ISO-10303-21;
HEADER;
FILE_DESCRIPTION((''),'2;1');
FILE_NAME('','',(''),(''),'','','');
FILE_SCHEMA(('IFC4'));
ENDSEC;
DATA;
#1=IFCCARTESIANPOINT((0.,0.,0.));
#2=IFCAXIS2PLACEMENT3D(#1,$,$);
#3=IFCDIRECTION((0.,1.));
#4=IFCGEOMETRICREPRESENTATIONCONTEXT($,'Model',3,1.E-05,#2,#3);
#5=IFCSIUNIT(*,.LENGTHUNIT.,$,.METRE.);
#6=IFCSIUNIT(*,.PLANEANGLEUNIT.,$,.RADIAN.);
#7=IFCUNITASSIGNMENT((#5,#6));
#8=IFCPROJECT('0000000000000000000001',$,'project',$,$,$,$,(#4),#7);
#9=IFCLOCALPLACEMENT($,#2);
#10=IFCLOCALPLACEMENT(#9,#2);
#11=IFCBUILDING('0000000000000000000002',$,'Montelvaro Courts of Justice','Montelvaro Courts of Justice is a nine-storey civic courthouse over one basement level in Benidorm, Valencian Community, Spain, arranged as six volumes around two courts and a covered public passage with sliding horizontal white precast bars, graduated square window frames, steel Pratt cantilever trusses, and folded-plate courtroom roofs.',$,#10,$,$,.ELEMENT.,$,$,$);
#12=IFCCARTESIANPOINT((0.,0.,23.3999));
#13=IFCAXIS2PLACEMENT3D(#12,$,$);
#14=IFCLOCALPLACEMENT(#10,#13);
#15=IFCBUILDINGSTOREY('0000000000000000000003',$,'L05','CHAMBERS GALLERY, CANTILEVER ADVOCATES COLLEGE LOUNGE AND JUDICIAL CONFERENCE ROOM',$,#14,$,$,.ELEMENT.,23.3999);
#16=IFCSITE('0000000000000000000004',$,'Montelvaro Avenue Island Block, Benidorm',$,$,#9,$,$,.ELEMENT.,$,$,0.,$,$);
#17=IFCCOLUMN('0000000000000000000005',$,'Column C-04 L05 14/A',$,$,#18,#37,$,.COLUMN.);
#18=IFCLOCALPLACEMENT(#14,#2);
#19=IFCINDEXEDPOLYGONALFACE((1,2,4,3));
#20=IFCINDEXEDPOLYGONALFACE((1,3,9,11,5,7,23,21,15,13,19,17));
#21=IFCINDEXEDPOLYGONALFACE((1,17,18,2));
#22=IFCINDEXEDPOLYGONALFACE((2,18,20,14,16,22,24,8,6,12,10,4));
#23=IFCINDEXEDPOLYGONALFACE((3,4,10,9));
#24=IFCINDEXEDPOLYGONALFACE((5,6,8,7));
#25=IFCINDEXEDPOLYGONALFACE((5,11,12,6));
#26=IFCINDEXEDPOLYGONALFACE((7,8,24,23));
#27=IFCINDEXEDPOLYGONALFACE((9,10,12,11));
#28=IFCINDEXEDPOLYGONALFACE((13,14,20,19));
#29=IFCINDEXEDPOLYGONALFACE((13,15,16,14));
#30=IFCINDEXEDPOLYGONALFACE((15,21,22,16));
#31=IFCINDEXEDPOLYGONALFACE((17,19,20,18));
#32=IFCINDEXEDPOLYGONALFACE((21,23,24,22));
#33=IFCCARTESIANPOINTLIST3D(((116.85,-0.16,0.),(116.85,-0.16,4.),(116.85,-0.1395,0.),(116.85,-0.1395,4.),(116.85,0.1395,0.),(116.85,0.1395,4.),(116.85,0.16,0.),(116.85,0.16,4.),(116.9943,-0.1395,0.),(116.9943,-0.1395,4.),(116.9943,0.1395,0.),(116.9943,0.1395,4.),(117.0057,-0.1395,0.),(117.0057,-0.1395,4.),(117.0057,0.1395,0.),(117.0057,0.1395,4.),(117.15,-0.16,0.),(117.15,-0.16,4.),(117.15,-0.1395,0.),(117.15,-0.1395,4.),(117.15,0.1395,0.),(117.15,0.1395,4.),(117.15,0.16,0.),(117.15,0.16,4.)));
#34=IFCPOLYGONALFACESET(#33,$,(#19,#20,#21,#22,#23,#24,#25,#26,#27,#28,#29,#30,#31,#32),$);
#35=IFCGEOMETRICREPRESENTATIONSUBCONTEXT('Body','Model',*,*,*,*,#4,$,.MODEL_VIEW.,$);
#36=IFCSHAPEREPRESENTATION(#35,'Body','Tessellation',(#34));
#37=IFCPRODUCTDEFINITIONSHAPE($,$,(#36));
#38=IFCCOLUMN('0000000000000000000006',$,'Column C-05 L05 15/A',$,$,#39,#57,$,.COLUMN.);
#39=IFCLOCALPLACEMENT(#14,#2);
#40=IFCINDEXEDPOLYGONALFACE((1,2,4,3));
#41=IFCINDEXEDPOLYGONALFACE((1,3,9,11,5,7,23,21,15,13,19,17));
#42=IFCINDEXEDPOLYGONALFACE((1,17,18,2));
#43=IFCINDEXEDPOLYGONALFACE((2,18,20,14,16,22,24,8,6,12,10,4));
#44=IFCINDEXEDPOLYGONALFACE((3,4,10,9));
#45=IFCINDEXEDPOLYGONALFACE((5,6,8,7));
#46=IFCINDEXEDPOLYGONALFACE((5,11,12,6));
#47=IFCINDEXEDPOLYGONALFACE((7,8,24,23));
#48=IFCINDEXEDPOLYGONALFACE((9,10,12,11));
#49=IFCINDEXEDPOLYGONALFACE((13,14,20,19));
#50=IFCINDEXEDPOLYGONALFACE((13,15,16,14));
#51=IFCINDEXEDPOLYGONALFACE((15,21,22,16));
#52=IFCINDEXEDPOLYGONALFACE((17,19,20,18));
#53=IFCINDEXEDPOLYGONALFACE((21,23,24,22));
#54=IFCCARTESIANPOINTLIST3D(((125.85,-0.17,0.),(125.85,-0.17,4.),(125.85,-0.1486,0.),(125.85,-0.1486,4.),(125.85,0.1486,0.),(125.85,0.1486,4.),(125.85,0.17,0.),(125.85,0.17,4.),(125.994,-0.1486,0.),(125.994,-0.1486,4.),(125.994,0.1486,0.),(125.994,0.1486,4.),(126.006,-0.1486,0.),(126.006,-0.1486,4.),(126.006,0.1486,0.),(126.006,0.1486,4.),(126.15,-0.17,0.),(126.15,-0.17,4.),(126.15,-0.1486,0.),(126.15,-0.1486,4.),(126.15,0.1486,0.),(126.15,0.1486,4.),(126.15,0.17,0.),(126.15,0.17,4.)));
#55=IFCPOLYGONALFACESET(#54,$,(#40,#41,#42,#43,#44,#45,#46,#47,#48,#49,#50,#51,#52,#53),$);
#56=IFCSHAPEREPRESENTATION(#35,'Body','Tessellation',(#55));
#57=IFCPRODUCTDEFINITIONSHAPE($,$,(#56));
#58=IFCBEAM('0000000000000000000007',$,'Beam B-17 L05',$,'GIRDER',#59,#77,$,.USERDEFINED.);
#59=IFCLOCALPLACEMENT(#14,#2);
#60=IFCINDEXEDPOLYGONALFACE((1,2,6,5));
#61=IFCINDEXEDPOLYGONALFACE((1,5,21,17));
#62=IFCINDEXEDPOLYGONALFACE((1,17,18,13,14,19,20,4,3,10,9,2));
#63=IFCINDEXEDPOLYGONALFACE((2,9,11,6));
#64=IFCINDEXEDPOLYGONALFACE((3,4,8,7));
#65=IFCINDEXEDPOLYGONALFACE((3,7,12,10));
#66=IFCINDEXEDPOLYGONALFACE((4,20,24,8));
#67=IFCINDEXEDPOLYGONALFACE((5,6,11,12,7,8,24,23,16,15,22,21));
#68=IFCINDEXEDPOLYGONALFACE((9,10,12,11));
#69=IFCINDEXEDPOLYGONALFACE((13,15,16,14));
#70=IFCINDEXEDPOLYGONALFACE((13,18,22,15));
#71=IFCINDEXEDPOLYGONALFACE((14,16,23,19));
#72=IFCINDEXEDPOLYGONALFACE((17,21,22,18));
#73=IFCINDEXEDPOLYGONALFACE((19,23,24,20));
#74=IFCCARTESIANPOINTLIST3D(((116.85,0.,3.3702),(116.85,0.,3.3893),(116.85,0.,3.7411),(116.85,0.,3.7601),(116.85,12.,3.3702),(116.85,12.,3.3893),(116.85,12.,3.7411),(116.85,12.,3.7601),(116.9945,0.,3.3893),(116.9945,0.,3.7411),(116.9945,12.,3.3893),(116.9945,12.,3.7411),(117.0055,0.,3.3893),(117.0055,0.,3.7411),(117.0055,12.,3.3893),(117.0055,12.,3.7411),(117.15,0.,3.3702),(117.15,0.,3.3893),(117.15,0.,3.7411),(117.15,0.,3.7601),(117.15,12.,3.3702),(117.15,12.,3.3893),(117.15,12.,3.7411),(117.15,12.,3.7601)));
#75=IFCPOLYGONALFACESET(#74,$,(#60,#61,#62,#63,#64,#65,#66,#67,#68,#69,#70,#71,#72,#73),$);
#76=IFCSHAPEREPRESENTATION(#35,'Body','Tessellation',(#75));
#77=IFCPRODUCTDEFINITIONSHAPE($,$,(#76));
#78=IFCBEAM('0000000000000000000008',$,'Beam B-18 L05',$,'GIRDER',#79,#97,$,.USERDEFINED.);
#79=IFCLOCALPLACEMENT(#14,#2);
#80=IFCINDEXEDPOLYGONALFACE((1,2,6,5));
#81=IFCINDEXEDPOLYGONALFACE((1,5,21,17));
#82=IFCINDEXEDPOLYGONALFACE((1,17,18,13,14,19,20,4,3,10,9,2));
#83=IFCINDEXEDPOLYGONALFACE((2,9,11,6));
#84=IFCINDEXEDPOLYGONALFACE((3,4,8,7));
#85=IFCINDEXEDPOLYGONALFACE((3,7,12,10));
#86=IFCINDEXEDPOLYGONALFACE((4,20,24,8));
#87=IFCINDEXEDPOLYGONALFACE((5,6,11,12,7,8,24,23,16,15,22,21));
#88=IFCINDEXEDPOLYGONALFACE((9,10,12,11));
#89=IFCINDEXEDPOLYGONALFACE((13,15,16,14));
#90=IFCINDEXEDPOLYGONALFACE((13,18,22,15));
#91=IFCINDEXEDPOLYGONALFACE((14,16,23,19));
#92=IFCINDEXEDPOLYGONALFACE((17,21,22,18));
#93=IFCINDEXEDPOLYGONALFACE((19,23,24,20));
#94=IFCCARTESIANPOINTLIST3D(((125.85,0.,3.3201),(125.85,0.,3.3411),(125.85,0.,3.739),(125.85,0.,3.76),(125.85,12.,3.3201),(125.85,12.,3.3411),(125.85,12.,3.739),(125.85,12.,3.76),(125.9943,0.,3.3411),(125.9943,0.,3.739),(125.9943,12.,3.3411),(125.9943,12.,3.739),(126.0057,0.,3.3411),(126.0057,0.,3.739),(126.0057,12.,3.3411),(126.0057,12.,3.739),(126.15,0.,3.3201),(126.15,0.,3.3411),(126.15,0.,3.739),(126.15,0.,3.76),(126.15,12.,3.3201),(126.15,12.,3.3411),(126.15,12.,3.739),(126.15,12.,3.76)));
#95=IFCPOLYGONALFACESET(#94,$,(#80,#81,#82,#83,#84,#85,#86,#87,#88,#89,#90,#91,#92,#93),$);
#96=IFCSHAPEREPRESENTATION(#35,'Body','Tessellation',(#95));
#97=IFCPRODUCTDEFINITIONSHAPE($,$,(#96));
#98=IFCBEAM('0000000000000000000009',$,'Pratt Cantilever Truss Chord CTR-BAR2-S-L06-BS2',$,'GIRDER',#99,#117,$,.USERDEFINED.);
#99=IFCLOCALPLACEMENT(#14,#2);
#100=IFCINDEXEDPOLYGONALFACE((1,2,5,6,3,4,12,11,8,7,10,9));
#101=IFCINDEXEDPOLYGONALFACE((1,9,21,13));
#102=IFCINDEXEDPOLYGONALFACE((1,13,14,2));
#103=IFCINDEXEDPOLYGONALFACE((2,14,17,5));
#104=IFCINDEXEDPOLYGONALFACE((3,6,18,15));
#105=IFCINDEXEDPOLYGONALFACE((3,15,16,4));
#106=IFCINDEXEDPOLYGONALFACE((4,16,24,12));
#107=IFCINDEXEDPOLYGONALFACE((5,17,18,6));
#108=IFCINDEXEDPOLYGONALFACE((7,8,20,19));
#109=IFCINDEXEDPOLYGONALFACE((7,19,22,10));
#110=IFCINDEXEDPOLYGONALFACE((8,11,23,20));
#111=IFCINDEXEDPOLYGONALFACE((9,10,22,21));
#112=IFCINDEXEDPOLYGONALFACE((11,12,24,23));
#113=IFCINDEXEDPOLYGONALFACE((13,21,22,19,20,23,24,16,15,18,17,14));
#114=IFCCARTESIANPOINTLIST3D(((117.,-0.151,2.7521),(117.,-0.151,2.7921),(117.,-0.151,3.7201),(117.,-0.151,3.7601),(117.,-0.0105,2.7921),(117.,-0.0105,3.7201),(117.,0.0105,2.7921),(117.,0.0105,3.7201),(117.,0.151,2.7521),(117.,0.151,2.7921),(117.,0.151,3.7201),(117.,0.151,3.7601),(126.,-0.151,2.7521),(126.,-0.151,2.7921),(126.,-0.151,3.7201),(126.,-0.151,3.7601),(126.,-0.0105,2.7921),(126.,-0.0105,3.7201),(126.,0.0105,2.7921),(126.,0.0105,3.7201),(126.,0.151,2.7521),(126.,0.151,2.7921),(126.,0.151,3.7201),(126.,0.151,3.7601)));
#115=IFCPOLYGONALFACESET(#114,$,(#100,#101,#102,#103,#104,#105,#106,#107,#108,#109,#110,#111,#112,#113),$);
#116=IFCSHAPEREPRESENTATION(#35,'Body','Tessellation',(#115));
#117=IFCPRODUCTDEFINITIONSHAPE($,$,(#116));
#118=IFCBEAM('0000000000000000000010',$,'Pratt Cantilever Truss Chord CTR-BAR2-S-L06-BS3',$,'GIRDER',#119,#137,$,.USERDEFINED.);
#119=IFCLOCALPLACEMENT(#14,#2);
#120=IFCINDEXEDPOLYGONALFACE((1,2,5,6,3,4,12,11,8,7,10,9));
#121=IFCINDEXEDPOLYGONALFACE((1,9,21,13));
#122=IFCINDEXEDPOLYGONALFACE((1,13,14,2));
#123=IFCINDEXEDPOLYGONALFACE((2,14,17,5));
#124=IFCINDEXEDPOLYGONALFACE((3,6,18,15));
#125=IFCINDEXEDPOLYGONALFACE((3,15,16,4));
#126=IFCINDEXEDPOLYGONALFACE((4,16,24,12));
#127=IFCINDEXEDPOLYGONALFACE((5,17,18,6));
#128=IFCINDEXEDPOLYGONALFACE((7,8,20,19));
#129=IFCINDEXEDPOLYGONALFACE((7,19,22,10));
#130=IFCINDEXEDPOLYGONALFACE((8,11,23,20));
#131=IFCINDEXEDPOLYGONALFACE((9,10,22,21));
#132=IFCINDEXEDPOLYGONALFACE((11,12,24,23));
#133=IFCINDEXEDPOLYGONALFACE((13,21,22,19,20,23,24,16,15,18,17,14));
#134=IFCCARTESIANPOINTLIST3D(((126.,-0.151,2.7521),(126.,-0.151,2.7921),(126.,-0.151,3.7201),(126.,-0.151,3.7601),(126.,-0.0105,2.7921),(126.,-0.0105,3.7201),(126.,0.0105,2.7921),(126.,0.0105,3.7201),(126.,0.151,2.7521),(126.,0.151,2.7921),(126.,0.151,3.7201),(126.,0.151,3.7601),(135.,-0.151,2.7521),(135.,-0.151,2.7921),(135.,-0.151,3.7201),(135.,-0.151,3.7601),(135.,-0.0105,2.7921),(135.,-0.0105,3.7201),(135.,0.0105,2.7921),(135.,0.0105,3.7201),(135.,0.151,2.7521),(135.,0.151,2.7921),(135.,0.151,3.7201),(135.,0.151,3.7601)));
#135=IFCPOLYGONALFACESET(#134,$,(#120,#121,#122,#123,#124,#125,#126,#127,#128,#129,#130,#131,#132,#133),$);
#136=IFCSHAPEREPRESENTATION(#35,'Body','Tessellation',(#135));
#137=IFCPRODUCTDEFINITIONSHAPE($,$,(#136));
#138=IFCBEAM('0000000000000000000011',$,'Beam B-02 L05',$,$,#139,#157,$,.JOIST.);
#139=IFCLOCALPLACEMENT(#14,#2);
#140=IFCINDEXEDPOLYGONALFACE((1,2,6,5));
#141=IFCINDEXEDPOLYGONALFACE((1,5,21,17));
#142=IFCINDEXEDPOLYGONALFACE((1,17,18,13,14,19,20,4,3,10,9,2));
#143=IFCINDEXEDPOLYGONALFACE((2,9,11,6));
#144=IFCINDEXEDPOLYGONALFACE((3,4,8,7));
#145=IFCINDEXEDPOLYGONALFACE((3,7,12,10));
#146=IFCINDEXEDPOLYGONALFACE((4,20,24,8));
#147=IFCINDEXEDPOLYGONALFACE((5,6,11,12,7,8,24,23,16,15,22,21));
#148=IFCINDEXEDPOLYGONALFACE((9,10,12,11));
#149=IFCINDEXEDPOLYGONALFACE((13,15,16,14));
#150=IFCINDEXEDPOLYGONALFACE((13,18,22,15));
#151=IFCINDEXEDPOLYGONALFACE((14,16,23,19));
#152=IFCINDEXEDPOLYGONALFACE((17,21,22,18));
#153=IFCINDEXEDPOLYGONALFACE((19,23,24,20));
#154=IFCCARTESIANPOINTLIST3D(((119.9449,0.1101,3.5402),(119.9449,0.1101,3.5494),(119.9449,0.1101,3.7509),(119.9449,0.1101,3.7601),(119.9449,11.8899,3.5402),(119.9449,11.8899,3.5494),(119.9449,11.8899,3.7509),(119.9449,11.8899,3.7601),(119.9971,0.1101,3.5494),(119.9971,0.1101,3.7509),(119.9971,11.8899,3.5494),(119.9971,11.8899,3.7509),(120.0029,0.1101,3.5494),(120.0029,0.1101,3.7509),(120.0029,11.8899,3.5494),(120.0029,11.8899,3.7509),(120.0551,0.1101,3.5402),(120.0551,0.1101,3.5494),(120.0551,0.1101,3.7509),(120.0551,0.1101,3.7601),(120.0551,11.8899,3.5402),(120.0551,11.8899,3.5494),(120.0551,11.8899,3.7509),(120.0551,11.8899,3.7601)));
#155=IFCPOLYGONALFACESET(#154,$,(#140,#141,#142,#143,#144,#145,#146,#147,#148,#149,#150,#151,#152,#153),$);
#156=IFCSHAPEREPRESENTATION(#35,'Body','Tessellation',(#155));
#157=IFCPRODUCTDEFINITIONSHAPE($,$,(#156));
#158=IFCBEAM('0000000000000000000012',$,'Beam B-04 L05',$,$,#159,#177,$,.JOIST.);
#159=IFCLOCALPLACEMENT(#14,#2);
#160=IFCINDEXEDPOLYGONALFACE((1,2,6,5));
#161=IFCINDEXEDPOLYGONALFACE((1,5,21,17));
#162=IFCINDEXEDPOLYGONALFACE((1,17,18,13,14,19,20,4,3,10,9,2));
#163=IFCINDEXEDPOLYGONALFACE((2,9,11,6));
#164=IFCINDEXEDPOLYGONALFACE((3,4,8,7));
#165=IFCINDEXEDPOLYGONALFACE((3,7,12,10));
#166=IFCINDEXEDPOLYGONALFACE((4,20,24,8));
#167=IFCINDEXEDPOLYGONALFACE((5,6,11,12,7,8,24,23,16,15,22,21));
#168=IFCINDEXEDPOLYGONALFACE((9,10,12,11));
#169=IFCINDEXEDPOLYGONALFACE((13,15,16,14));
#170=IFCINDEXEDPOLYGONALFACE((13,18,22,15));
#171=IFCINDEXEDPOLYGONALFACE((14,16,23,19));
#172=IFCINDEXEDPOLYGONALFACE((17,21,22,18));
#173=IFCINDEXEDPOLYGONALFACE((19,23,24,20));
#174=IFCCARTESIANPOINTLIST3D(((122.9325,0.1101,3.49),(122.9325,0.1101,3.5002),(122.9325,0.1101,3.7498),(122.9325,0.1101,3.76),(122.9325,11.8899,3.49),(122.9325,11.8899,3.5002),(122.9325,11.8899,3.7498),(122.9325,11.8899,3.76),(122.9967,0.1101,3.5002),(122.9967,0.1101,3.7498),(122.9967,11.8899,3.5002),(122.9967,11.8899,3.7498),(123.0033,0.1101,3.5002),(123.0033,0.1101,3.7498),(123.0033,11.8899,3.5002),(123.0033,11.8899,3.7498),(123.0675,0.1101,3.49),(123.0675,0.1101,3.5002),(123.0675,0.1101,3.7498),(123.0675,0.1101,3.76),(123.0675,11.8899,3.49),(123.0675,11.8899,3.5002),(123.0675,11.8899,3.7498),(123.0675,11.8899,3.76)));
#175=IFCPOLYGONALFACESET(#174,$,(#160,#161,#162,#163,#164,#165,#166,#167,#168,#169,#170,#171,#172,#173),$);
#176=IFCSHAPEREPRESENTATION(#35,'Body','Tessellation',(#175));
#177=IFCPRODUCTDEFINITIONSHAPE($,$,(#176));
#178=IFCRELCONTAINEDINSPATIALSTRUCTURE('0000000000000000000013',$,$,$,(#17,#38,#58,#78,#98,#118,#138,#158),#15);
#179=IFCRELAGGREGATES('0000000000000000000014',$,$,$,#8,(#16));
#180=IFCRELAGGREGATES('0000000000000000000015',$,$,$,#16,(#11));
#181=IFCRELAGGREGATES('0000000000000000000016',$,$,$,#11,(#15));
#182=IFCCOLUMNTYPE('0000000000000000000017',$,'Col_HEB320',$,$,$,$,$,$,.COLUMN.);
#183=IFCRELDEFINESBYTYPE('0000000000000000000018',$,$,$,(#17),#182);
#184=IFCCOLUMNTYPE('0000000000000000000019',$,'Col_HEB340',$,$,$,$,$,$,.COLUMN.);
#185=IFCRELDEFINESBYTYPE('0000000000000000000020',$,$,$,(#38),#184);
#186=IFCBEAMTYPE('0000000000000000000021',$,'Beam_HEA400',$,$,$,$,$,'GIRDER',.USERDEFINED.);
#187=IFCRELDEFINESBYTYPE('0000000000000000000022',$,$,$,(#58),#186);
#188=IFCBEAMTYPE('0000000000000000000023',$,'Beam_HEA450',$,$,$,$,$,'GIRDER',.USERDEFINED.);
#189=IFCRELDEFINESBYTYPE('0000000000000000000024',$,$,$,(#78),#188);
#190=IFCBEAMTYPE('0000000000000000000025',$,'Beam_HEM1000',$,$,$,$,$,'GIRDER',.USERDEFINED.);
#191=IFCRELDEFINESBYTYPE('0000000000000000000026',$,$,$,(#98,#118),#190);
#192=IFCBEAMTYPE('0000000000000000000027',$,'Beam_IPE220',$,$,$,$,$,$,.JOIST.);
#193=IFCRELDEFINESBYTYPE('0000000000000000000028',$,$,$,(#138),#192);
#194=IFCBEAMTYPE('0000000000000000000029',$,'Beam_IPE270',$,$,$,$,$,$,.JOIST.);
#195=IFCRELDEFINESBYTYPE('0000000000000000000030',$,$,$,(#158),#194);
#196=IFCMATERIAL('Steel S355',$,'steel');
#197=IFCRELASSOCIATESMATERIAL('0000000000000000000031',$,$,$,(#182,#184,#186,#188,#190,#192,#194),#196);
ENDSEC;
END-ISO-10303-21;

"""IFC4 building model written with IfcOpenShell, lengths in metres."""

from ifc_helpers import new_model, si_unit, direction, frame, origin, origin_2d, place, context, subcontext, project, spatial, i_section, extrude, material, material_profile, profile_set, type_object, element, save


model = new_model("IFC4")

# Units and contexts
model_context = context("Model", 3, precision=1e-05, world=origin(), true_north=direction((0.0, 1.0)))
body_context = subcontext(model_context, "Body", "Model", "MODEL_VIEW")
ifc_project = project(units=[si_unit("LENGTHUNIT", "METRE"), si_unit("PLANEANGLEUNIT", "RADIAN")], contexts=[model_context])

# Site, building, storey
site_placement = place(None, origin())
site = spatial("IfcSite", under=ifc_project, at=site_placement, Name="Montelvaro Avenue Island Block, Benidorm", CompositionType="ELEMENT", RefElevation=0.0)
building_placement = place(site_placement, origin())
building = spatial("IfcBuilding", under=site, at=building_placement, Name="Montelvaro Courts of Justice", Description="Montelvaro Courts of Justice is a nine-storey civic courthouse over one basement level in Benidorm, Valencian Community, Spain, arranged as six volumes around two courts and a covered public passage with sliding horizontal white precast bars, graduated square window frames, steel Pratt cantilever trusses, and folded-plate courtroom roofs.", CompositionType="ELEMENT")
storey_placement = place(building_placement, frame((0.0, 0.0, 23.3999)))
storey = spatial("IfcBuildingStorey", under=building, at=storey_placement, Name="L05", Description="CHAMBERS GALLERY, CANTILEVER ADVOCATES COLLEGE LOUNGE AND JUDICIAL CONFERENCE ROOM", CompositionType="ELEMENT", Elevation=23.3999)

# Columns
ifc_material_1 = material(Name="Steel S355", Category="steel")
ifc_material_profile_1 = material_profile(ifc_material_1, i_section(OverallWidth=0.3, OverallDepth=0.3201, WebThickness=0.0115, FlangeThickness=0.0205, at=origin_2d()), Name="HEB 320")
ifc_profile_set_1 = profile_set([ifc_material_profile_1], Name="Steel S355")
column_type_1 = type_object("IfcColumnType", Name="Col_HEB320", PredefinedType="COLUMN", material=ifc_profile_set_1)
column_1_placement = place(storey_placement, frame((117.0, 0.0, 0.0), z_axis=(0.0, 0.0, 1.0), x_axis=(1.0, 0.0, 0.0)))
element("IfcColumn", 1, at=column_1_placement, inside=storey, type_object=column_type_1, Name="Column C-04 L05 14/A", PredefinedType="COLUMN", context=body_context, shape_type="SweptSolid", body=[
    extrude(i_section(OverallWidth=0.3, OverallDepth=0.3201, WebThickness=0.0115, FlangeThickness=0.0205, at=origin_2d()), origin(), (0.0, 0.0, 1.0), 4.0),
])
ifc_material_profile_2 = material_profile(ifc_material_1, i_section(OverallWidth=0.3, OverallDepth=0.3401, WebThickness=0.012, FlangeThickness=0.0215, at=origin_2d()), Name="HEB 340")
ifc_profile_set_2 = profile_set([ifc_material_profile_2], Name="Steel S355")
column_type_2 = type_object("IfcColumnType", Name="Col_HEB340", PredefinedType="COLUMN", material=ifc_profile_set_2)
column_2_placement = place(storey_placement, frame((126.0, 0.0, 0.0), z_axis=(0.0, 0.0, 1.0), x_axis=(1.0, 0.0, 0.0)))
element("IfcColumn", 2, at=column_2_placement, inside=storey, type_object=column_type_2, Name="Column C-05 L05 15/A", PredefinedType="COLUMN", context=body_context, shape_type="SweptSolid", body=[
    extrude(i_section(OverallWidth=0.3, OverallDepth=0.3401, WebThickness=0.012, FlangeThickness=0.0215, at=origin_2d()), origin(), (0.0, 0.0, 1.0), 4.0),
])

# Beams
ifc_material_profile_3 = material_profile(ifc_material_1, i_section(OverallWidth=0.3, OverallDepth=0.3899, WebThickness=0.011, FlangeThickness=0.019, at=origin_2d()), Name="HEA 400")
ifc_profile_set_3 = profile_set([ifc_material_profile_3], Name="Steel S355")
beam_type_1 = type_object("IfcBeamType", Name="Beam_HEA400", ElementType="GIRDER", PredefinedType="USERDEFINED", material=ifc_profile_set_3)
beam_1_placement = place(storey_placement, frame((117.0, 0.0, 3.5652), z_axis=(0.0, 1.0, 0.0), x_axis=(-1.0, 0.0, 0.0)))
element("IfcBeam", 3, at=beam_1_placement, inside=storey, type_object=beam_type_1, Name="Beam B-17 L05", ObjectType="GIRDER", PredefinedType="USERDEFINED", context=body_context, shape_type="SweptSolid", body=[
    extrude(i_section(OverallWidth=0.3, OverallDepth=0.3899, WebThickness=0.011, FlangeThickness=0.019, at=origin_2d()), origin(), (0.0, 0.0, 1.0), 12.0),
])
ifc_material_profile_4 = material_profile(ifc_material_1, i_section(OverallWidth=0.3, OverallDepth=0.4399, WebThickness=0.0115, FlangeThickness=0.021, at=origin_2d()), Name="HEA 450")
ifc_profile_set_4 = profile_set([ifc_material_profile_4], Name="Steel S355")
beam_type_2 = type_object("IfcBeamType", Name="Beam_HEA450", ElementType="GIRDER", PredefinedType="USERDEFINED", material=ifc_profile_set_4)
beam_2_placement = place(storey_placement, frame((126.0, 0.0, 3.54), z_axis=(0.0, 1.0, 0.0), x_axis=(-1.0, 0.0, 0.0)))
element("IfcBeam", 4, at=beam_2_placement, inside=storey, type_object=beam_type_2, Name="Beam B-18 L05", ObjectType="GIRDER", PredefinedType="USERDEFINED", context=body_context, shape_type="SweptSolid", body=[
    extrude(i_section(OverallWidth=0.3, OverallDepth=0.4399, WebThickness=0.0115, FlangeThickness=0.021, at=origin_2d()), origin(), (0.0, 0.0, 1.0), 12.0),
])
ifc_material_profile_5 = material_profile(ifc_material_1, i_section(OverallWidth=0.302, OverallDepth=1.0081, WebThickness=0.021, FlangeThickness=0.04, at=origin_2d()), Name="HEM 1000")
ifc_profile_set_5 = profile_set([ifc_material_profile_5], Name="Steel S355")
beam_type_3 = type_object("IfcBeamType", Name="Beam_HEM1000", ElementType="GIRDER", PredefinedType="USERDEFINED", material=ifc_profile_set_5)
for number, where, z_axis, x_axis, name in (
    (5, (117.0, 0.0, 3.2561), (1.0, 0.0, 0.0), (0.0, 1.0, 0.0), "Pratt Cantilever Truss Chord CTR-BAR2-S-L06-BS2"),
    (6, (126.0, 0.0, 3.2561), (1.0, 0.0, 0.0), (0.0, 1.0, 0.0), "Pratt Cantilever Truss Chord CTR-BAR2-S-L06-BS3"),
):
    element("IfcBeam", number, at=place(storey_placement, frame(where, z_axis=z_axis, x_axis=x_axis)), inside=storey, type_object=beam_type_3, Name=name, ObjectType="GIRDER", PredefinedType="USERDEFINED", context=body_context, shape_type="SweptSolid", body=[
        extrude(i_section(OverallWidth=0.302, OverallDepth=1.0081, WebThickness=0.021, FlangeThickness=0.04, at=origin_2d()), origin(), (0.0, 0.0, 1.0), 9.0),
    ])
ifc_material_profile_6 = material_profile(ifc_material_1, i_section(OverallWidth=0.1101, OverallDepth=0.22, WebThickness=0.0059, FlangeThickness=0.0093, at=origin_2d()), Name="IPE 220")
ifc_profile_set_6 = profile_set([ifc_material_profile_6], Name="Steel S355")
beam_type_4 = type_object("IfcBeamType", Name="Beam_IPE220", PredefinedType="JOIST", material=ifc_profile_set_6)
beam_3_placement = place(storey_placement, frame((120.0, 0.1101, 3.6501), z_axis=(0.0, 1.0, 0.0), x_axis=(-1.0, 0.0, 0.0)))
element("IfcBeam", 7, at=beam_3_placement, inside=storey, type_object=beam_type_4, Name="Beam B-02 L05", PredefinedType="JOIST", context=body_context, shape_type="SweptSolid", body=[
    extrude(i_section(OverallWidth=0.1101, OverallDepth=0.22, WebThickness=0.0059, FlangeThickness=0.0093, at=origin_2d()), origin(), (0.0, 0.0, 1.0), 11.7798),
])
ifc_material_profile_7 = material_profile(ifc_material_1, i_section(OverallWidth=0.135, OverallDepth=0.27, WebThickness=0.0066, FlangeThickness=0.0103, at=origin_2d()), Name="IPE 270")
ifc_profile_set_7 = profile_set([ifc_material_profile_7], Name="Steel S355")
beam_type_5 = type_object("IfcBeamType", Name="Beam_IPE270", PredefinedType="JOIST", material=ifc_profile_set_7)
beam_4_placement = place(storey_placement, frame((123.0, 0.1101, 3.625), z_axis=(0.0, 1.0, 0.0), x_axis=(-1.0, 0.0, 0.0)))
element("IfcBeam", 8, at=beam_4_placement, inside=storey, type_object=beam_type_5, Name="Beam B-04 L05", PredefinedType="JOIST", context=body_context, shape_type="SweptSolid", body=[
    extrude(i_section(OverallWidth=0.135, OverallDepth=0.27, WebThickness=0.0066, FlangeThickness=0.0103, at=origin_2d()), origin(), (0.0, 0.0, 1.0), 11.7798),
])

save(model, "model.ifc")
